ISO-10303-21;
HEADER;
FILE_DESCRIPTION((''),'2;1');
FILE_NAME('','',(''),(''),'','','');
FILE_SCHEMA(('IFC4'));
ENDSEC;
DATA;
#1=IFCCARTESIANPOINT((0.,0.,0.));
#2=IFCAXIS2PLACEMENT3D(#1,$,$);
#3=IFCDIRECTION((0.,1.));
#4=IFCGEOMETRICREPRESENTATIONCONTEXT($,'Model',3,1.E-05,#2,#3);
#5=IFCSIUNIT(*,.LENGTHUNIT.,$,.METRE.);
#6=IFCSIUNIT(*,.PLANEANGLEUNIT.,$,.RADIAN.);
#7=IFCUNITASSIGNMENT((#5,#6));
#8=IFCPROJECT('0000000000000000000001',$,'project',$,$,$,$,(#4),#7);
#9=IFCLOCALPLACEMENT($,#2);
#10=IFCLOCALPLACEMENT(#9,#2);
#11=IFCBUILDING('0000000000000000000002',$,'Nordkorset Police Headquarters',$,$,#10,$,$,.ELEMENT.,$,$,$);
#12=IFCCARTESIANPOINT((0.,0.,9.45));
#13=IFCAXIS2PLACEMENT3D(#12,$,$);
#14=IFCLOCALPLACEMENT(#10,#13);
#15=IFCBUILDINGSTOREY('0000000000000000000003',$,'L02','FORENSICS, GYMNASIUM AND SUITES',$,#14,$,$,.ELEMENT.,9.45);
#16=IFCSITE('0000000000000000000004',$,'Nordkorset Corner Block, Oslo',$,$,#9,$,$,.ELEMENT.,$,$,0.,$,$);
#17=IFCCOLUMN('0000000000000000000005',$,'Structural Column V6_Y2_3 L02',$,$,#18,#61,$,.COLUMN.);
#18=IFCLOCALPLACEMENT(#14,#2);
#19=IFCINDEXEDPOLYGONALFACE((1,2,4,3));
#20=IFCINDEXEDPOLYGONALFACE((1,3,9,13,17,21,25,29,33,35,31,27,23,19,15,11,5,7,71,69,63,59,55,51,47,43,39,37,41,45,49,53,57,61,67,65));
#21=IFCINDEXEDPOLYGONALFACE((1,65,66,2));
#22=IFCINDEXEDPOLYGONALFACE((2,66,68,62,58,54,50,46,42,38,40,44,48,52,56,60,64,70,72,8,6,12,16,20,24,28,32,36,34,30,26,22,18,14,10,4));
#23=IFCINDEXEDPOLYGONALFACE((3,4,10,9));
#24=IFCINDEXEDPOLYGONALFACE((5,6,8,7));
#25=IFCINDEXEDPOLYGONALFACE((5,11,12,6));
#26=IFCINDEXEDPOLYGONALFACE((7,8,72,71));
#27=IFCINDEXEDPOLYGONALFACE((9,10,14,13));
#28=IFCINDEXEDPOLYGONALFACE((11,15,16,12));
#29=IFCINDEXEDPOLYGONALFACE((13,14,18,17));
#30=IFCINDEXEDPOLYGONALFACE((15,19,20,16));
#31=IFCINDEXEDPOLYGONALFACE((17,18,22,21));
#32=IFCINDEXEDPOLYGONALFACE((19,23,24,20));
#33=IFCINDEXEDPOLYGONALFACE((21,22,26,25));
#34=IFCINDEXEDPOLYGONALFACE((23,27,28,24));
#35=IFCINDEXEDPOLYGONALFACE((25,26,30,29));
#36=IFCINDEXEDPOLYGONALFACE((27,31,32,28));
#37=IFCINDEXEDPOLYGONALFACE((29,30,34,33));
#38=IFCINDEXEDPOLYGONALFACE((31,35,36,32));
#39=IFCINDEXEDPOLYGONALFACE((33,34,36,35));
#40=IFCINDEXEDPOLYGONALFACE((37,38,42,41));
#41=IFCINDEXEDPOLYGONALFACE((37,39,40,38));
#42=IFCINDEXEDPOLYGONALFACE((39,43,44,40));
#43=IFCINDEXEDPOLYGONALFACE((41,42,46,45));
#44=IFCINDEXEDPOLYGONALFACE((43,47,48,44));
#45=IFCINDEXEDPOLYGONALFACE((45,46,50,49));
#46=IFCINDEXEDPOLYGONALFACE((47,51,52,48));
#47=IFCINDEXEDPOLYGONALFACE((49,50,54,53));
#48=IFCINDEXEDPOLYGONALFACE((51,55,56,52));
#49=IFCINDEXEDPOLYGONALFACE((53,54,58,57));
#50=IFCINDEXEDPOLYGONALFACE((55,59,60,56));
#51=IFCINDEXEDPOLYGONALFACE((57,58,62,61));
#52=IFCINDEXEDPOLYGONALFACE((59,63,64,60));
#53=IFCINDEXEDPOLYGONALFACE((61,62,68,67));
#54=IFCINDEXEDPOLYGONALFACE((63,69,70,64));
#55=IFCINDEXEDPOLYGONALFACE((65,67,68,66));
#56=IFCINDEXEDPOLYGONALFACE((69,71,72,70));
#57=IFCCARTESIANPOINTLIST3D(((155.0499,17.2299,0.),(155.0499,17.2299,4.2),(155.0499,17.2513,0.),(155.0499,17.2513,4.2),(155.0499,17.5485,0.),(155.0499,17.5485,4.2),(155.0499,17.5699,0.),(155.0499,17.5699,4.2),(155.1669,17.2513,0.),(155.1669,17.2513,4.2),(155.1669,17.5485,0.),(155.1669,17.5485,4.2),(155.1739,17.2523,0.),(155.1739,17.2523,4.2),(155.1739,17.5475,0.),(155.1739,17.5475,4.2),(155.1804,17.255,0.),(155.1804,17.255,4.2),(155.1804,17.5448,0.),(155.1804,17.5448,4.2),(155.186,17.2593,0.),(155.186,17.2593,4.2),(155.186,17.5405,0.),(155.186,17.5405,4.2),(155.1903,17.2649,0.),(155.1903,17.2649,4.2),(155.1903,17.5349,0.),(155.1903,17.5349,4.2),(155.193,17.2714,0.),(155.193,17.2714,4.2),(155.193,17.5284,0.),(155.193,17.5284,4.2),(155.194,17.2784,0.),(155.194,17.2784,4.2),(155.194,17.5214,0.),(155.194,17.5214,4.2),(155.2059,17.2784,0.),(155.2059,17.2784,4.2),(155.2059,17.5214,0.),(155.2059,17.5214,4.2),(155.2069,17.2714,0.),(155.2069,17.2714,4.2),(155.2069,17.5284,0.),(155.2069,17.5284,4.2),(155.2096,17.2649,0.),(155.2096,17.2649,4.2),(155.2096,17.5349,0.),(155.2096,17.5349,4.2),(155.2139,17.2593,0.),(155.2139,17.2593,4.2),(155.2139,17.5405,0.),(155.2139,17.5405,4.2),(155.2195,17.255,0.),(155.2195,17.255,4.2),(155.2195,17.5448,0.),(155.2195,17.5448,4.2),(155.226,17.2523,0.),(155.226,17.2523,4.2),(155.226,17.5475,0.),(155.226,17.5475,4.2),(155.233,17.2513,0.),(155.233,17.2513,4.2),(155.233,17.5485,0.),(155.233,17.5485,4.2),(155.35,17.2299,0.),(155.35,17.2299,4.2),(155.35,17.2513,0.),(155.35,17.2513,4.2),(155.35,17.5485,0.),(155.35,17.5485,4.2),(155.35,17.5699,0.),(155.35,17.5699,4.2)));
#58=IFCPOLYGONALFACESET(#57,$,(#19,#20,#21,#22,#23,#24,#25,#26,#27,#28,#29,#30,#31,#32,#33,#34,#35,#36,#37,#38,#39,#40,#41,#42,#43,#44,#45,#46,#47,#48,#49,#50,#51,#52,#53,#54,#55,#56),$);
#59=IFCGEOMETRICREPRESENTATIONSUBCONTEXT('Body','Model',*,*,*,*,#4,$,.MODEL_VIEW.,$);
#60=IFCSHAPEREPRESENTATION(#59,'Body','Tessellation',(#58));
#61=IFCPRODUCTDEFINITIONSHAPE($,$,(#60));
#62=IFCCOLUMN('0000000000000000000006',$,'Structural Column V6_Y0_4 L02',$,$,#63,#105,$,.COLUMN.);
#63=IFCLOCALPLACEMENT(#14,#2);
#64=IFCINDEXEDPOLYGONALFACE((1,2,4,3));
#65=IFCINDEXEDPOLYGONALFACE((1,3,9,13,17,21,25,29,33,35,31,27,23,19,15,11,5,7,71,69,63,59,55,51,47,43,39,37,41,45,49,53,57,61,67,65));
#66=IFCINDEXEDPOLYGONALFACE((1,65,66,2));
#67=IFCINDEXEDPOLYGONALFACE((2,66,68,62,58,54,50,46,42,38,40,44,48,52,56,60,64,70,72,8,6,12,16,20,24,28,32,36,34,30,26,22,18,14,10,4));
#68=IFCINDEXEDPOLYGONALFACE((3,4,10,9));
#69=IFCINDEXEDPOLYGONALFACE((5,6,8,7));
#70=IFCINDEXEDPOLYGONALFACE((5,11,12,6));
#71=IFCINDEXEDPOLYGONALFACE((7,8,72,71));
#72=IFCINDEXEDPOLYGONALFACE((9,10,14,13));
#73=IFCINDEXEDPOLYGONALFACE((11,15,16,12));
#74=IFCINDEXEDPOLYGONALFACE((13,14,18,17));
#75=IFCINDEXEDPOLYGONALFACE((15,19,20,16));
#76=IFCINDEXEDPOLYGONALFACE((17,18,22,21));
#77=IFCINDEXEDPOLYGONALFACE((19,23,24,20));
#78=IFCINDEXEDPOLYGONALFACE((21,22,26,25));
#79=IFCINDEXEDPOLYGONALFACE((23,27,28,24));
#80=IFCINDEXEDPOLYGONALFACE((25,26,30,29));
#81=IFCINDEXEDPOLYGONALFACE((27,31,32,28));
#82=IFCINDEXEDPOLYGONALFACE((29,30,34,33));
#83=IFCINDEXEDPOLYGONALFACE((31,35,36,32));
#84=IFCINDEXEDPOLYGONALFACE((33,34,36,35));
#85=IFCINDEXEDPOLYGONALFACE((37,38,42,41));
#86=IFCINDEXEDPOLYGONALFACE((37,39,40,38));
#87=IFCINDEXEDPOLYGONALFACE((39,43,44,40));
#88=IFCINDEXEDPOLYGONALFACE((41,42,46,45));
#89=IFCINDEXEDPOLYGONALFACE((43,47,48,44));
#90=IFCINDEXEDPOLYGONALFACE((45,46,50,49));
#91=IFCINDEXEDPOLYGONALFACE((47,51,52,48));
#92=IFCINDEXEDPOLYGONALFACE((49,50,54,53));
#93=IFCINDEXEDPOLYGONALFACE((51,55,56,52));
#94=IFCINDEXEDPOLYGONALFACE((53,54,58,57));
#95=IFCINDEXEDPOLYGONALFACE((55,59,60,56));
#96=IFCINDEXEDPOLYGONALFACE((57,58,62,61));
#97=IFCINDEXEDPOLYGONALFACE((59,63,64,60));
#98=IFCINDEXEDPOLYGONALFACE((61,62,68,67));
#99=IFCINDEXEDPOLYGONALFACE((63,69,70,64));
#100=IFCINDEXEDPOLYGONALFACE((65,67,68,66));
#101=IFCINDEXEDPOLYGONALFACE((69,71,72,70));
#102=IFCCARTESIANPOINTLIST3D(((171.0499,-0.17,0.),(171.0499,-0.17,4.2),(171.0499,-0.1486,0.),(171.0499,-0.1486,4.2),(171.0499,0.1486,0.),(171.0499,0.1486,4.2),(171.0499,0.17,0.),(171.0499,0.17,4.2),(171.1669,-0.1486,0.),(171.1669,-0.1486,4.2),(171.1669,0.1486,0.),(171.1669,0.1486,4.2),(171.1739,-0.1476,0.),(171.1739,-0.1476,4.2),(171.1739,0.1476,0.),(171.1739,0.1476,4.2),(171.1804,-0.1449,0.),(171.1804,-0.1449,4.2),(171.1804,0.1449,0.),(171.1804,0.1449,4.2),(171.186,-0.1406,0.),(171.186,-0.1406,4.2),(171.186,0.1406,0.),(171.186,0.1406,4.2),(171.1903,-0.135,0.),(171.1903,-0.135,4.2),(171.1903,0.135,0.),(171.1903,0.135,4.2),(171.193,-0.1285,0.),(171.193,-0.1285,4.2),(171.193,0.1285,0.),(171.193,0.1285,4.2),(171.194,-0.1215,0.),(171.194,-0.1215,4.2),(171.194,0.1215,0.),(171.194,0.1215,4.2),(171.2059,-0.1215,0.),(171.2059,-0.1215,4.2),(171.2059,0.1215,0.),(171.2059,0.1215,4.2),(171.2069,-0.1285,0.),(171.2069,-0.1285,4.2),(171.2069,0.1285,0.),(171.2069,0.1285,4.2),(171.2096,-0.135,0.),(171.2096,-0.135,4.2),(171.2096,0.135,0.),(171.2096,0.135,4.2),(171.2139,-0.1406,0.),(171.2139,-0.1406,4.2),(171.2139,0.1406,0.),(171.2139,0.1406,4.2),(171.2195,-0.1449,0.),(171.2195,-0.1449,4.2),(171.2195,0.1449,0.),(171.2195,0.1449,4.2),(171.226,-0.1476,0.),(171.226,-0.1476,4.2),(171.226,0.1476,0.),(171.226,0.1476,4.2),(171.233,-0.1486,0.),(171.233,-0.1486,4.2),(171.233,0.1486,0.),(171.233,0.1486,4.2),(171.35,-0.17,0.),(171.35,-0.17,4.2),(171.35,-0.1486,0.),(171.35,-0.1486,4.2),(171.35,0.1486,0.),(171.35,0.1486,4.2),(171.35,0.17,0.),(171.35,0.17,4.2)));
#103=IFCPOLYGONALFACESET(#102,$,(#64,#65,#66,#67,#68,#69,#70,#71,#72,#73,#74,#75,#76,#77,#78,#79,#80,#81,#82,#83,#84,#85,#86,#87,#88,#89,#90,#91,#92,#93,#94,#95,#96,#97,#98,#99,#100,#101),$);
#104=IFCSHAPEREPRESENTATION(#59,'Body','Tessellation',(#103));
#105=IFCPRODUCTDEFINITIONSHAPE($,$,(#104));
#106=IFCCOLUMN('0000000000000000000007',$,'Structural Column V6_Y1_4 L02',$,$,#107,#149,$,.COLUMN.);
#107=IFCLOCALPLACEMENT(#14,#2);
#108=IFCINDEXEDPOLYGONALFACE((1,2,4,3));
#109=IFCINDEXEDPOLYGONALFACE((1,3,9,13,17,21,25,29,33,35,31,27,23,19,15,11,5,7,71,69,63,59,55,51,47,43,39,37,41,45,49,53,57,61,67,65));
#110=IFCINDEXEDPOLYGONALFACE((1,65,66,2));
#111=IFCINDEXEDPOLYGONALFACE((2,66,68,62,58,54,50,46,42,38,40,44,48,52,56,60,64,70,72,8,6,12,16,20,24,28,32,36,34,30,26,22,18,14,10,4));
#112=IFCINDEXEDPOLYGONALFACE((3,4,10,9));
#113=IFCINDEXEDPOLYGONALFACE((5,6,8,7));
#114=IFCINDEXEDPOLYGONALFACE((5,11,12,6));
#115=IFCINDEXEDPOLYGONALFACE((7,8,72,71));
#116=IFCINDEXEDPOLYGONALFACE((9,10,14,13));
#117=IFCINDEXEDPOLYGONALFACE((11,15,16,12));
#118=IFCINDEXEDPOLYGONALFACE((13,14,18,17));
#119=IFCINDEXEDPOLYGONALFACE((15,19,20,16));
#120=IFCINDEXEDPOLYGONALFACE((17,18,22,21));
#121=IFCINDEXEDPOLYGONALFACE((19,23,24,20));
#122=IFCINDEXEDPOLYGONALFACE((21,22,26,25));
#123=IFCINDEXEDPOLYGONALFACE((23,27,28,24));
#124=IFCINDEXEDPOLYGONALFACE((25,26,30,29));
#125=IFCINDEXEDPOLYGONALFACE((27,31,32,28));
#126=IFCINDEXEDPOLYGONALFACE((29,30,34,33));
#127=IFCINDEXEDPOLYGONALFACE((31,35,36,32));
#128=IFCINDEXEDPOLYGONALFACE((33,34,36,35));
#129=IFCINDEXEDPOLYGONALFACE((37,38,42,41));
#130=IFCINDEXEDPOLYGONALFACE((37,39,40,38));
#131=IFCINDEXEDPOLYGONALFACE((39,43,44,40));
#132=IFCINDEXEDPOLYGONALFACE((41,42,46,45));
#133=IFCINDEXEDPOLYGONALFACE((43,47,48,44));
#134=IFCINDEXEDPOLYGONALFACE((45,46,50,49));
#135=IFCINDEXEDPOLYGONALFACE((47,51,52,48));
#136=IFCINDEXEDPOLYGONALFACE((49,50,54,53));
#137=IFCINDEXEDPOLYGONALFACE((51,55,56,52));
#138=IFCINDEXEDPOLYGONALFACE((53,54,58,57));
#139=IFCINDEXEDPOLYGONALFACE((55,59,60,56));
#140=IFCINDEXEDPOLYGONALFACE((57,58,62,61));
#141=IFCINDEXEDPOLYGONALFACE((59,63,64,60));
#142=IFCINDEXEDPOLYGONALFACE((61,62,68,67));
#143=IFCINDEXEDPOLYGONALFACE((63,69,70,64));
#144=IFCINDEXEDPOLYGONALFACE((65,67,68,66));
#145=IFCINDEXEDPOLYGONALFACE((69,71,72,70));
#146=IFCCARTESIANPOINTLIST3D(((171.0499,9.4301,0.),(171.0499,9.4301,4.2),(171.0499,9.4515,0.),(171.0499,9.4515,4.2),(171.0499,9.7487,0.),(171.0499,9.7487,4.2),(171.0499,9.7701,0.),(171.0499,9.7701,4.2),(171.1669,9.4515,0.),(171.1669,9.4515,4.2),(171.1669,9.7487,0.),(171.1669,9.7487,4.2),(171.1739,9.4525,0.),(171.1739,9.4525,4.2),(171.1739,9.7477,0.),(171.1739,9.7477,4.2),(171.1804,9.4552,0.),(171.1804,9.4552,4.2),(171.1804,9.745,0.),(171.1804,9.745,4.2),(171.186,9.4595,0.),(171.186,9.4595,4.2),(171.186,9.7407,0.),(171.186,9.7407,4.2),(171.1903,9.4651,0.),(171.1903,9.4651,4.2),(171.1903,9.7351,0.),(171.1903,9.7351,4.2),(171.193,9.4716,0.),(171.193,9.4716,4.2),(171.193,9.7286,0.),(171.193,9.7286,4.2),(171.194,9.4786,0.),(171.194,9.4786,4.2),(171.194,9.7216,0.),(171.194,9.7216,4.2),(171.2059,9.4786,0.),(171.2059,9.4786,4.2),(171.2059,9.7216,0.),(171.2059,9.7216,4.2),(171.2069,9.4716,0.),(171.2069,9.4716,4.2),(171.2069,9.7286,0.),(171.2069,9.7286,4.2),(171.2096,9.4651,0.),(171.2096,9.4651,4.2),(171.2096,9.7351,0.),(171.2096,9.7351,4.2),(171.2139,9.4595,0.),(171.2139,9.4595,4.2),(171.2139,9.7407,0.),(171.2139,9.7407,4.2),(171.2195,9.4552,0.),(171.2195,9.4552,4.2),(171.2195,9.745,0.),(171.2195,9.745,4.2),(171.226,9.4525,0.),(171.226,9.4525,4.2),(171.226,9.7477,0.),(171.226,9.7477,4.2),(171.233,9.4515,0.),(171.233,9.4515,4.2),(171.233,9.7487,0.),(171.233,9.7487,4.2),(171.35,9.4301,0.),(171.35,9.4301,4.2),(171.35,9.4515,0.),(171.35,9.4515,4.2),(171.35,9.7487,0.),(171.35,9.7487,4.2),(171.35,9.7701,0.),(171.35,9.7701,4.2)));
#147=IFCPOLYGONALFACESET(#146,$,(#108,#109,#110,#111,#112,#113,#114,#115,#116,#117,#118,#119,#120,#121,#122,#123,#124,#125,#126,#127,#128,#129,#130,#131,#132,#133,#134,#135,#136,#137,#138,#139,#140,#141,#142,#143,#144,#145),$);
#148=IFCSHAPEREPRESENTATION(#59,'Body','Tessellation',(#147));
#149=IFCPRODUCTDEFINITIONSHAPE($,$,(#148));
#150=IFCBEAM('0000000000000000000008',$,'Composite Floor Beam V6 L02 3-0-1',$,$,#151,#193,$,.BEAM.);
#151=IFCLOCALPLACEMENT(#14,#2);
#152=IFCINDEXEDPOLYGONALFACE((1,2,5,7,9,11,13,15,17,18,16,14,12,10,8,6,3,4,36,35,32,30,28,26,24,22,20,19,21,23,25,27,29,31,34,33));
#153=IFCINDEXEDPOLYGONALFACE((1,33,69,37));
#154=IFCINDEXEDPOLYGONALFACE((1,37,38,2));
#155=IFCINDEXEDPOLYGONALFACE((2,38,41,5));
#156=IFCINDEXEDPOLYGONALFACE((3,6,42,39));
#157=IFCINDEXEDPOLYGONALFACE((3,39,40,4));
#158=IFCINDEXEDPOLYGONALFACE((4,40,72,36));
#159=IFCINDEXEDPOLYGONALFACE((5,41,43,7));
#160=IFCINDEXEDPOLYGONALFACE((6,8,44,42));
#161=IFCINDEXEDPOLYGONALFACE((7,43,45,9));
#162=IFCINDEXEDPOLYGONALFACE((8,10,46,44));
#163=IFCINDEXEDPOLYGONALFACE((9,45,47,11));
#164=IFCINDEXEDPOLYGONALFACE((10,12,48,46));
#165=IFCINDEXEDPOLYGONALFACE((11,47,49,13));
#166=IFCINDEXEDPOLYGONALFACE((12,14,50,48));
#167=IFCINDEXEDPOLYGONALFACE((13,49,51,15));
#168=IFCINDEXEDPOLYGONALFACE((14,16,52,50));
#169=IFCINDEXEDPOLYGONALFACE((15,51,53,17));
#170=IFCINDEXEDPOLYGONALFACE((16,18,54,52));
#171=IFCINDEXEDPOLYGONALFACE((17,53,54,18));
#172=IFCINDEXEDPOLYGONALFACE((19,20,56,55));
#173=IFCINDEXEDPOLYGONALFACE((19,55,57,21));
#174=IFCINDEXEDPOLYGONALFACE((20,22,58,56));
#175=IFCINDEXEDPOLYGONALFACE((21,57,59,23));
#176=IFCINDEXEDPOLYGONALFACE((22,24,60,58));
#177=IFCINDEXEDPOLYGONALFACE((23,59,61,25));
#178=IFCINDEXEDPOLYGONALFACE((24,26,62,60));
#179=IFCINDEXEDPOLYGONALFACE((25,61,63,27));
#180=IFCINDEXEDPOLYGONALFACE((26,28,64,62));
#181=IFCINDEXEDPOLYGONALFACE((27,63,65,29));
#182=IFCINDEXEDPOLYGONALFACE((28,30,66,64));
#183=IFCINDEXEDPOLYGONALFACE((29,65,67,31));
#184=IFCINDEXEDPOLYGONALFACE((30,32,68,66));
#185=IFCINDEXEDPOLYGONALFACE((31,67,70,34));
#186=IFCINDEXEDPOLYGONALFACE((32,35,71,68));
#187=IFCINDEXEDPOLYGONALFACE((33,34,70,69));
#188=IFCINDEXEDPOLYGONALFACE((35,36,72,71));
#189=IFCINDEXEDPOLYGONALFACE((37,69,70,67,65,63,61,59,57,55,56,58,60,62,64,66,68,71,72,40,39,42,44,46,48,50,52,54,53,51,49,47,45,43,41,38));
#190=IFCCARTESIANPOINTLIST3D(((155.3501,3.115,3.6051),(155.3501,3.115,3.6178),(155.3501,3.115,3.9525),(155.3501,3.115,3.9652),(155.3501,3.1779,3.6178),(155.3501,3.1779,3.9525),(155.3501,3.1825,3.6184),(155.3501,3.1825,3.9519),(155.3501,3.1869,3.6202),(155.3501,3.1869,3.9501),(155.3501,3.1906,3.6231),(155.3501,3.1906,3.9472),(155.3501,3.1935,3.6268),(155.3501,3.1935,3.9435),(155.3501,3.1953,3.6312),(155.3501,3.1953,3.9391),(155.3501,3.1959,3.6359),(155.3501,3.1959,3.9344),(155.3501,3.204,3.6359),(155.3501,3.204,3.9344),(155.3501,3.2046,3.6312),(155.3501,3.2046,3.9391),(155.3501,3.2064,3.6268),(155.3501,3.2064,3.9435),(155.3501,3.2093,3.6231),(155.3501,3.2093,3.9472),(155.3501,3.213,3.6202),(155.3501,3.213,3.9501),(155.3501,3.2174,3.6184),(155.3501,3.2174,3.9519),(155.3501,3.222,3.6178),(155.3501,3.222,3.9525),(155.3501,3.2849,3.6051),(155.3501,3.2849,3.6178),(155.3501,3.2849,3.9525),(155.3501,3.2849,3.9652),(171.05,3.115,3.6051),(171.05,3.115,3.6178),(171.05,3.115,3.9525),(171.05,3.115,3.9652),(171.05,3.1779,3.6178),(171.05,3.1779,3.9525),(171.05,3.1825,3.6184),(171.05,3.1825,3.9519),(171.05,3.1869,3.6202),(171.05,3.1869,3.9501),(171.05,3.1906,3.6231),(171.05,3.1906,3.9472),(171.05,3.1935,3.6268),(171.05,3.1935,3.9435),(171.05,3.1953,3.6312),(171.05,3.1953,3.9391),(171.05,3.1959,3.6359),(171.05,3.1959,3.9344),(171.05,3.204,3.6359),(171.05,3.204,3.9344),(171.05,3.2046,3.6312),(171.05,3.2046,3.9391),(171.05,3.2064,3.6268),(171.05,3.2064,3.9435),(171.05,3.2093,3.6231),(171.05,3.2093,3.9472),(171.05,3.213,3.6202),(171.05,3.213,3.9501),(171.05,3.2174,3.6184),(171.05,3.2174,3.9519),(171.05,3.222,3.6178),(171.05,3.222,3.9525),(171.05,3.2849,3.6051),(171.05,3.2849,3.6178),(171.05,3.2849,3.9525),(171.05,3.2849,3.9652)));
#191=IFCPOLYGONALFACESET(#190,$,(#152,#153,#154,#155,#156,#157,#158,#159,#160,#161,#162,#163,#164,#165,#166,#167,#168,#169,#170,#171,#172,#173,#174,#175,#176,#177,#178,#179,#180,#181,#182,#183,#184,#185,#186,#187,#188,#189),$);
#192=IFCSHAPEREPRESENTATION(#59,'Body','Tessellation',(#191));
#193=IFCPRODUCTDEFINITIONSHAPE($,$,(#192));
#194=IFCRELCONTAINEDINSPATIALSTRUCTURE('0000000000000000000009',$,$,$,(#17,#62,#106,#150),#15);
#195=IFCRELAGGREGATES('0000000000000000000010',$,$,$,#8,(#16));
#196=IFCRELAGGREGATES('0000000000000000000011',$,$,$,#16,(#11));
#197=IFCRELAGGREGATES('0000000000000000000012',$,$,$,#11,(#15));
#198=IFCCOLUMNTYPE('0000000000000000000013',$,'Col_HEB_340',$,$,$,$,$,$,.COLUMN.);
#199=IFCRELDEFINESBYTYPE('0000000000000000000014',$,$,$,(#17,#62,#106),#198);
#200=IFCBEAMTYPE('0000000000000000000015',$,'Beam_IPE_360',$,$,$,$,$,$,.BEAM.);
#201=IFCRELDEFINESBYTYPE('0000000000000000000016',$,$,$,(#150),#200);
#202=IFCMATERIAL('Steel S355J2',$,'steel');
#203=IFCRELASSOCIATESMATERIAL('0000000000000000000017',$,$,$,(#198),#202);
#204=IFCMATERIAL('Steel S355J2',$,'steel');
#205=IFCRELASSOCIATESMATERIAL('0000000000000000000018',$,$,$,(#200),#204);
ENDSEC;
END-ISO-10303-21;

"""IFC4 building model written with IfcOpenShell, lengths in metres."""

from ifc_helpers import new_model, si_unit, direction, frame, origin, origin_2d, place, context, subcontext, project, spatial, i_section, extrude, material, material_profile, profile_set, type_object, element, save


model = new_model("IFC4")

# Units and contexts
model_context = context("Model", 3, precision=1e-05, world=origin(), true_north=direction((0.0, 1.0)))
body_context = subcontext(model_context, "Body", "Model", "MODEL_VIEW")
ifc_project = project(units=[si_unit("LENGTHUNIT", "METRE"), si_unit("PLANEANGLEUNIT", "RADIAN")], contexts=[model_context])

# Site, building, storey
site_placement = place(None, origin())
site = spatial("IfcSite", under=ifc_project, at=site_placement, Name="Nordkorset Corner Block, Oslo", CompositionType="ELEMENT", RefElevation=0.0)
building_placement = place(site_placement, origin())
building = spatial("IfcBuilding", under=site, at=building_placement, Name="Nordkorset Police Headquarters", CompositionType="ELEMENT")
storey_placement = place(building_placement, frame((0.0, 0.0, 9.45)))
storey = spatial("IfcBuildingStorey", under=building, at=storey_placement, Name="L02", Description="FORENSICS, GYMNASIUM AND SUITES", CompositionType="ELEMENT", Elevation=9.45)

# Columns
ifc_material_1 = material(Name="Steel S355J2", Category="steel")
ifc_material_profile_1 = material_profile(ifc_material_1, i_section(OverallWidth=0.3, OverallDepth=0.3401, WebThickness=0.012, FlangeThickness=0.0215, FilletRadius=0.0271, at=origin_2d()), Name="HEB 340")
ifc_profile_set_1 = profile_set([ifc_material_profile_1], Name="Steel S355J2")
column_type = type_object("IfcColumnType", Name="Col_HEB_340", PredefinedType="COLUMN", material=ifc_profile_set_1)
for number, where, z_axis, x_axis, name in (
    (1, (155.2, 17.3999, 0.0), (0.0, 0.0, 1.0), (1.0, 0.0, 0.0), "Structural Column V6_Y2_3 L02"),
    (2, (171.2, 0.0, 0.0), (0.0, 0.0, 1.0), (1.0, 0.0, 0.0), "Structural Column V6_Y0_4 L02"),
    (3, (171.2, 9.6001, 0.0), (0.0, 0.0, 1.0), (1.0, 0.0, 0.0), "Structural Column V6_Y1_4 L02"),
):
    element("IfcColumn", number, at=place(storey_placement, frame(where, z_axis=z_axis, x_axis=x_axis)), inside=storey, type_object=column_type, Name=name, PredefinedType="COLUMN", context=body_context, shape_type="SweptSolid", body=[
        extrude(i_section(OverallWidth=0.3, OverallDepth=0.3401, WebThickness=0.012, FlangeThickness=0.0215, FilletRadius=0.0271, at=origin_2d()), origin(), (0.0, 0.0, 1.0), 4.2),
    ])

# Beam
ifc_material_2 = material(Name="Steel S355J2", Category="steel")
ifc_material_profile_2 = material_profile(ifc_material_2, i_section(OverallWidth=0.1699, OverallDepth=0.3601, WebThickness=0.0081, FlangeThickness=0.0127, FilletRadius=0.0181, at=origin_2d()), Name="IPE 360")
ifc_profile_set_2 = profile_set([ifc_material_profile_2], Name="Steel S355J2")
beam_type_1 = type_object("IfcBeamType", Name="Beam_IPE_360", PredefinedType="BEAM", material=ifc_profile_set_2)
for number, where, z_axis, x_axis, name in (
    (4, (155.3501, 3.2, 3.7852), (1.0, 0.0, 0.0), (0.0, 1.0, 0.0), "Composite Floor Beam V6 L02 3-0-1"),
):
    element("IfcBeam", number, at=place(storey_placement, frame(where, z_axis=z_axis, x_axis=x_axis)), inside=storey, type_object=beam_type_1, Name=name, PredefinedType="BEAM", context=body_context, shape_type="SweptSolid", body=[
        extrude(i_section(OverallWidth=0.1699, OverallDepth=0.3601, WebThickness=0.0081, FlangeThickness=0.0127, FilletRadius=0.0181, at=origin_2d()), origin(), (0.0, 0.0, 1.0), 15.7),
    ])

save(model, "model.ifc")
